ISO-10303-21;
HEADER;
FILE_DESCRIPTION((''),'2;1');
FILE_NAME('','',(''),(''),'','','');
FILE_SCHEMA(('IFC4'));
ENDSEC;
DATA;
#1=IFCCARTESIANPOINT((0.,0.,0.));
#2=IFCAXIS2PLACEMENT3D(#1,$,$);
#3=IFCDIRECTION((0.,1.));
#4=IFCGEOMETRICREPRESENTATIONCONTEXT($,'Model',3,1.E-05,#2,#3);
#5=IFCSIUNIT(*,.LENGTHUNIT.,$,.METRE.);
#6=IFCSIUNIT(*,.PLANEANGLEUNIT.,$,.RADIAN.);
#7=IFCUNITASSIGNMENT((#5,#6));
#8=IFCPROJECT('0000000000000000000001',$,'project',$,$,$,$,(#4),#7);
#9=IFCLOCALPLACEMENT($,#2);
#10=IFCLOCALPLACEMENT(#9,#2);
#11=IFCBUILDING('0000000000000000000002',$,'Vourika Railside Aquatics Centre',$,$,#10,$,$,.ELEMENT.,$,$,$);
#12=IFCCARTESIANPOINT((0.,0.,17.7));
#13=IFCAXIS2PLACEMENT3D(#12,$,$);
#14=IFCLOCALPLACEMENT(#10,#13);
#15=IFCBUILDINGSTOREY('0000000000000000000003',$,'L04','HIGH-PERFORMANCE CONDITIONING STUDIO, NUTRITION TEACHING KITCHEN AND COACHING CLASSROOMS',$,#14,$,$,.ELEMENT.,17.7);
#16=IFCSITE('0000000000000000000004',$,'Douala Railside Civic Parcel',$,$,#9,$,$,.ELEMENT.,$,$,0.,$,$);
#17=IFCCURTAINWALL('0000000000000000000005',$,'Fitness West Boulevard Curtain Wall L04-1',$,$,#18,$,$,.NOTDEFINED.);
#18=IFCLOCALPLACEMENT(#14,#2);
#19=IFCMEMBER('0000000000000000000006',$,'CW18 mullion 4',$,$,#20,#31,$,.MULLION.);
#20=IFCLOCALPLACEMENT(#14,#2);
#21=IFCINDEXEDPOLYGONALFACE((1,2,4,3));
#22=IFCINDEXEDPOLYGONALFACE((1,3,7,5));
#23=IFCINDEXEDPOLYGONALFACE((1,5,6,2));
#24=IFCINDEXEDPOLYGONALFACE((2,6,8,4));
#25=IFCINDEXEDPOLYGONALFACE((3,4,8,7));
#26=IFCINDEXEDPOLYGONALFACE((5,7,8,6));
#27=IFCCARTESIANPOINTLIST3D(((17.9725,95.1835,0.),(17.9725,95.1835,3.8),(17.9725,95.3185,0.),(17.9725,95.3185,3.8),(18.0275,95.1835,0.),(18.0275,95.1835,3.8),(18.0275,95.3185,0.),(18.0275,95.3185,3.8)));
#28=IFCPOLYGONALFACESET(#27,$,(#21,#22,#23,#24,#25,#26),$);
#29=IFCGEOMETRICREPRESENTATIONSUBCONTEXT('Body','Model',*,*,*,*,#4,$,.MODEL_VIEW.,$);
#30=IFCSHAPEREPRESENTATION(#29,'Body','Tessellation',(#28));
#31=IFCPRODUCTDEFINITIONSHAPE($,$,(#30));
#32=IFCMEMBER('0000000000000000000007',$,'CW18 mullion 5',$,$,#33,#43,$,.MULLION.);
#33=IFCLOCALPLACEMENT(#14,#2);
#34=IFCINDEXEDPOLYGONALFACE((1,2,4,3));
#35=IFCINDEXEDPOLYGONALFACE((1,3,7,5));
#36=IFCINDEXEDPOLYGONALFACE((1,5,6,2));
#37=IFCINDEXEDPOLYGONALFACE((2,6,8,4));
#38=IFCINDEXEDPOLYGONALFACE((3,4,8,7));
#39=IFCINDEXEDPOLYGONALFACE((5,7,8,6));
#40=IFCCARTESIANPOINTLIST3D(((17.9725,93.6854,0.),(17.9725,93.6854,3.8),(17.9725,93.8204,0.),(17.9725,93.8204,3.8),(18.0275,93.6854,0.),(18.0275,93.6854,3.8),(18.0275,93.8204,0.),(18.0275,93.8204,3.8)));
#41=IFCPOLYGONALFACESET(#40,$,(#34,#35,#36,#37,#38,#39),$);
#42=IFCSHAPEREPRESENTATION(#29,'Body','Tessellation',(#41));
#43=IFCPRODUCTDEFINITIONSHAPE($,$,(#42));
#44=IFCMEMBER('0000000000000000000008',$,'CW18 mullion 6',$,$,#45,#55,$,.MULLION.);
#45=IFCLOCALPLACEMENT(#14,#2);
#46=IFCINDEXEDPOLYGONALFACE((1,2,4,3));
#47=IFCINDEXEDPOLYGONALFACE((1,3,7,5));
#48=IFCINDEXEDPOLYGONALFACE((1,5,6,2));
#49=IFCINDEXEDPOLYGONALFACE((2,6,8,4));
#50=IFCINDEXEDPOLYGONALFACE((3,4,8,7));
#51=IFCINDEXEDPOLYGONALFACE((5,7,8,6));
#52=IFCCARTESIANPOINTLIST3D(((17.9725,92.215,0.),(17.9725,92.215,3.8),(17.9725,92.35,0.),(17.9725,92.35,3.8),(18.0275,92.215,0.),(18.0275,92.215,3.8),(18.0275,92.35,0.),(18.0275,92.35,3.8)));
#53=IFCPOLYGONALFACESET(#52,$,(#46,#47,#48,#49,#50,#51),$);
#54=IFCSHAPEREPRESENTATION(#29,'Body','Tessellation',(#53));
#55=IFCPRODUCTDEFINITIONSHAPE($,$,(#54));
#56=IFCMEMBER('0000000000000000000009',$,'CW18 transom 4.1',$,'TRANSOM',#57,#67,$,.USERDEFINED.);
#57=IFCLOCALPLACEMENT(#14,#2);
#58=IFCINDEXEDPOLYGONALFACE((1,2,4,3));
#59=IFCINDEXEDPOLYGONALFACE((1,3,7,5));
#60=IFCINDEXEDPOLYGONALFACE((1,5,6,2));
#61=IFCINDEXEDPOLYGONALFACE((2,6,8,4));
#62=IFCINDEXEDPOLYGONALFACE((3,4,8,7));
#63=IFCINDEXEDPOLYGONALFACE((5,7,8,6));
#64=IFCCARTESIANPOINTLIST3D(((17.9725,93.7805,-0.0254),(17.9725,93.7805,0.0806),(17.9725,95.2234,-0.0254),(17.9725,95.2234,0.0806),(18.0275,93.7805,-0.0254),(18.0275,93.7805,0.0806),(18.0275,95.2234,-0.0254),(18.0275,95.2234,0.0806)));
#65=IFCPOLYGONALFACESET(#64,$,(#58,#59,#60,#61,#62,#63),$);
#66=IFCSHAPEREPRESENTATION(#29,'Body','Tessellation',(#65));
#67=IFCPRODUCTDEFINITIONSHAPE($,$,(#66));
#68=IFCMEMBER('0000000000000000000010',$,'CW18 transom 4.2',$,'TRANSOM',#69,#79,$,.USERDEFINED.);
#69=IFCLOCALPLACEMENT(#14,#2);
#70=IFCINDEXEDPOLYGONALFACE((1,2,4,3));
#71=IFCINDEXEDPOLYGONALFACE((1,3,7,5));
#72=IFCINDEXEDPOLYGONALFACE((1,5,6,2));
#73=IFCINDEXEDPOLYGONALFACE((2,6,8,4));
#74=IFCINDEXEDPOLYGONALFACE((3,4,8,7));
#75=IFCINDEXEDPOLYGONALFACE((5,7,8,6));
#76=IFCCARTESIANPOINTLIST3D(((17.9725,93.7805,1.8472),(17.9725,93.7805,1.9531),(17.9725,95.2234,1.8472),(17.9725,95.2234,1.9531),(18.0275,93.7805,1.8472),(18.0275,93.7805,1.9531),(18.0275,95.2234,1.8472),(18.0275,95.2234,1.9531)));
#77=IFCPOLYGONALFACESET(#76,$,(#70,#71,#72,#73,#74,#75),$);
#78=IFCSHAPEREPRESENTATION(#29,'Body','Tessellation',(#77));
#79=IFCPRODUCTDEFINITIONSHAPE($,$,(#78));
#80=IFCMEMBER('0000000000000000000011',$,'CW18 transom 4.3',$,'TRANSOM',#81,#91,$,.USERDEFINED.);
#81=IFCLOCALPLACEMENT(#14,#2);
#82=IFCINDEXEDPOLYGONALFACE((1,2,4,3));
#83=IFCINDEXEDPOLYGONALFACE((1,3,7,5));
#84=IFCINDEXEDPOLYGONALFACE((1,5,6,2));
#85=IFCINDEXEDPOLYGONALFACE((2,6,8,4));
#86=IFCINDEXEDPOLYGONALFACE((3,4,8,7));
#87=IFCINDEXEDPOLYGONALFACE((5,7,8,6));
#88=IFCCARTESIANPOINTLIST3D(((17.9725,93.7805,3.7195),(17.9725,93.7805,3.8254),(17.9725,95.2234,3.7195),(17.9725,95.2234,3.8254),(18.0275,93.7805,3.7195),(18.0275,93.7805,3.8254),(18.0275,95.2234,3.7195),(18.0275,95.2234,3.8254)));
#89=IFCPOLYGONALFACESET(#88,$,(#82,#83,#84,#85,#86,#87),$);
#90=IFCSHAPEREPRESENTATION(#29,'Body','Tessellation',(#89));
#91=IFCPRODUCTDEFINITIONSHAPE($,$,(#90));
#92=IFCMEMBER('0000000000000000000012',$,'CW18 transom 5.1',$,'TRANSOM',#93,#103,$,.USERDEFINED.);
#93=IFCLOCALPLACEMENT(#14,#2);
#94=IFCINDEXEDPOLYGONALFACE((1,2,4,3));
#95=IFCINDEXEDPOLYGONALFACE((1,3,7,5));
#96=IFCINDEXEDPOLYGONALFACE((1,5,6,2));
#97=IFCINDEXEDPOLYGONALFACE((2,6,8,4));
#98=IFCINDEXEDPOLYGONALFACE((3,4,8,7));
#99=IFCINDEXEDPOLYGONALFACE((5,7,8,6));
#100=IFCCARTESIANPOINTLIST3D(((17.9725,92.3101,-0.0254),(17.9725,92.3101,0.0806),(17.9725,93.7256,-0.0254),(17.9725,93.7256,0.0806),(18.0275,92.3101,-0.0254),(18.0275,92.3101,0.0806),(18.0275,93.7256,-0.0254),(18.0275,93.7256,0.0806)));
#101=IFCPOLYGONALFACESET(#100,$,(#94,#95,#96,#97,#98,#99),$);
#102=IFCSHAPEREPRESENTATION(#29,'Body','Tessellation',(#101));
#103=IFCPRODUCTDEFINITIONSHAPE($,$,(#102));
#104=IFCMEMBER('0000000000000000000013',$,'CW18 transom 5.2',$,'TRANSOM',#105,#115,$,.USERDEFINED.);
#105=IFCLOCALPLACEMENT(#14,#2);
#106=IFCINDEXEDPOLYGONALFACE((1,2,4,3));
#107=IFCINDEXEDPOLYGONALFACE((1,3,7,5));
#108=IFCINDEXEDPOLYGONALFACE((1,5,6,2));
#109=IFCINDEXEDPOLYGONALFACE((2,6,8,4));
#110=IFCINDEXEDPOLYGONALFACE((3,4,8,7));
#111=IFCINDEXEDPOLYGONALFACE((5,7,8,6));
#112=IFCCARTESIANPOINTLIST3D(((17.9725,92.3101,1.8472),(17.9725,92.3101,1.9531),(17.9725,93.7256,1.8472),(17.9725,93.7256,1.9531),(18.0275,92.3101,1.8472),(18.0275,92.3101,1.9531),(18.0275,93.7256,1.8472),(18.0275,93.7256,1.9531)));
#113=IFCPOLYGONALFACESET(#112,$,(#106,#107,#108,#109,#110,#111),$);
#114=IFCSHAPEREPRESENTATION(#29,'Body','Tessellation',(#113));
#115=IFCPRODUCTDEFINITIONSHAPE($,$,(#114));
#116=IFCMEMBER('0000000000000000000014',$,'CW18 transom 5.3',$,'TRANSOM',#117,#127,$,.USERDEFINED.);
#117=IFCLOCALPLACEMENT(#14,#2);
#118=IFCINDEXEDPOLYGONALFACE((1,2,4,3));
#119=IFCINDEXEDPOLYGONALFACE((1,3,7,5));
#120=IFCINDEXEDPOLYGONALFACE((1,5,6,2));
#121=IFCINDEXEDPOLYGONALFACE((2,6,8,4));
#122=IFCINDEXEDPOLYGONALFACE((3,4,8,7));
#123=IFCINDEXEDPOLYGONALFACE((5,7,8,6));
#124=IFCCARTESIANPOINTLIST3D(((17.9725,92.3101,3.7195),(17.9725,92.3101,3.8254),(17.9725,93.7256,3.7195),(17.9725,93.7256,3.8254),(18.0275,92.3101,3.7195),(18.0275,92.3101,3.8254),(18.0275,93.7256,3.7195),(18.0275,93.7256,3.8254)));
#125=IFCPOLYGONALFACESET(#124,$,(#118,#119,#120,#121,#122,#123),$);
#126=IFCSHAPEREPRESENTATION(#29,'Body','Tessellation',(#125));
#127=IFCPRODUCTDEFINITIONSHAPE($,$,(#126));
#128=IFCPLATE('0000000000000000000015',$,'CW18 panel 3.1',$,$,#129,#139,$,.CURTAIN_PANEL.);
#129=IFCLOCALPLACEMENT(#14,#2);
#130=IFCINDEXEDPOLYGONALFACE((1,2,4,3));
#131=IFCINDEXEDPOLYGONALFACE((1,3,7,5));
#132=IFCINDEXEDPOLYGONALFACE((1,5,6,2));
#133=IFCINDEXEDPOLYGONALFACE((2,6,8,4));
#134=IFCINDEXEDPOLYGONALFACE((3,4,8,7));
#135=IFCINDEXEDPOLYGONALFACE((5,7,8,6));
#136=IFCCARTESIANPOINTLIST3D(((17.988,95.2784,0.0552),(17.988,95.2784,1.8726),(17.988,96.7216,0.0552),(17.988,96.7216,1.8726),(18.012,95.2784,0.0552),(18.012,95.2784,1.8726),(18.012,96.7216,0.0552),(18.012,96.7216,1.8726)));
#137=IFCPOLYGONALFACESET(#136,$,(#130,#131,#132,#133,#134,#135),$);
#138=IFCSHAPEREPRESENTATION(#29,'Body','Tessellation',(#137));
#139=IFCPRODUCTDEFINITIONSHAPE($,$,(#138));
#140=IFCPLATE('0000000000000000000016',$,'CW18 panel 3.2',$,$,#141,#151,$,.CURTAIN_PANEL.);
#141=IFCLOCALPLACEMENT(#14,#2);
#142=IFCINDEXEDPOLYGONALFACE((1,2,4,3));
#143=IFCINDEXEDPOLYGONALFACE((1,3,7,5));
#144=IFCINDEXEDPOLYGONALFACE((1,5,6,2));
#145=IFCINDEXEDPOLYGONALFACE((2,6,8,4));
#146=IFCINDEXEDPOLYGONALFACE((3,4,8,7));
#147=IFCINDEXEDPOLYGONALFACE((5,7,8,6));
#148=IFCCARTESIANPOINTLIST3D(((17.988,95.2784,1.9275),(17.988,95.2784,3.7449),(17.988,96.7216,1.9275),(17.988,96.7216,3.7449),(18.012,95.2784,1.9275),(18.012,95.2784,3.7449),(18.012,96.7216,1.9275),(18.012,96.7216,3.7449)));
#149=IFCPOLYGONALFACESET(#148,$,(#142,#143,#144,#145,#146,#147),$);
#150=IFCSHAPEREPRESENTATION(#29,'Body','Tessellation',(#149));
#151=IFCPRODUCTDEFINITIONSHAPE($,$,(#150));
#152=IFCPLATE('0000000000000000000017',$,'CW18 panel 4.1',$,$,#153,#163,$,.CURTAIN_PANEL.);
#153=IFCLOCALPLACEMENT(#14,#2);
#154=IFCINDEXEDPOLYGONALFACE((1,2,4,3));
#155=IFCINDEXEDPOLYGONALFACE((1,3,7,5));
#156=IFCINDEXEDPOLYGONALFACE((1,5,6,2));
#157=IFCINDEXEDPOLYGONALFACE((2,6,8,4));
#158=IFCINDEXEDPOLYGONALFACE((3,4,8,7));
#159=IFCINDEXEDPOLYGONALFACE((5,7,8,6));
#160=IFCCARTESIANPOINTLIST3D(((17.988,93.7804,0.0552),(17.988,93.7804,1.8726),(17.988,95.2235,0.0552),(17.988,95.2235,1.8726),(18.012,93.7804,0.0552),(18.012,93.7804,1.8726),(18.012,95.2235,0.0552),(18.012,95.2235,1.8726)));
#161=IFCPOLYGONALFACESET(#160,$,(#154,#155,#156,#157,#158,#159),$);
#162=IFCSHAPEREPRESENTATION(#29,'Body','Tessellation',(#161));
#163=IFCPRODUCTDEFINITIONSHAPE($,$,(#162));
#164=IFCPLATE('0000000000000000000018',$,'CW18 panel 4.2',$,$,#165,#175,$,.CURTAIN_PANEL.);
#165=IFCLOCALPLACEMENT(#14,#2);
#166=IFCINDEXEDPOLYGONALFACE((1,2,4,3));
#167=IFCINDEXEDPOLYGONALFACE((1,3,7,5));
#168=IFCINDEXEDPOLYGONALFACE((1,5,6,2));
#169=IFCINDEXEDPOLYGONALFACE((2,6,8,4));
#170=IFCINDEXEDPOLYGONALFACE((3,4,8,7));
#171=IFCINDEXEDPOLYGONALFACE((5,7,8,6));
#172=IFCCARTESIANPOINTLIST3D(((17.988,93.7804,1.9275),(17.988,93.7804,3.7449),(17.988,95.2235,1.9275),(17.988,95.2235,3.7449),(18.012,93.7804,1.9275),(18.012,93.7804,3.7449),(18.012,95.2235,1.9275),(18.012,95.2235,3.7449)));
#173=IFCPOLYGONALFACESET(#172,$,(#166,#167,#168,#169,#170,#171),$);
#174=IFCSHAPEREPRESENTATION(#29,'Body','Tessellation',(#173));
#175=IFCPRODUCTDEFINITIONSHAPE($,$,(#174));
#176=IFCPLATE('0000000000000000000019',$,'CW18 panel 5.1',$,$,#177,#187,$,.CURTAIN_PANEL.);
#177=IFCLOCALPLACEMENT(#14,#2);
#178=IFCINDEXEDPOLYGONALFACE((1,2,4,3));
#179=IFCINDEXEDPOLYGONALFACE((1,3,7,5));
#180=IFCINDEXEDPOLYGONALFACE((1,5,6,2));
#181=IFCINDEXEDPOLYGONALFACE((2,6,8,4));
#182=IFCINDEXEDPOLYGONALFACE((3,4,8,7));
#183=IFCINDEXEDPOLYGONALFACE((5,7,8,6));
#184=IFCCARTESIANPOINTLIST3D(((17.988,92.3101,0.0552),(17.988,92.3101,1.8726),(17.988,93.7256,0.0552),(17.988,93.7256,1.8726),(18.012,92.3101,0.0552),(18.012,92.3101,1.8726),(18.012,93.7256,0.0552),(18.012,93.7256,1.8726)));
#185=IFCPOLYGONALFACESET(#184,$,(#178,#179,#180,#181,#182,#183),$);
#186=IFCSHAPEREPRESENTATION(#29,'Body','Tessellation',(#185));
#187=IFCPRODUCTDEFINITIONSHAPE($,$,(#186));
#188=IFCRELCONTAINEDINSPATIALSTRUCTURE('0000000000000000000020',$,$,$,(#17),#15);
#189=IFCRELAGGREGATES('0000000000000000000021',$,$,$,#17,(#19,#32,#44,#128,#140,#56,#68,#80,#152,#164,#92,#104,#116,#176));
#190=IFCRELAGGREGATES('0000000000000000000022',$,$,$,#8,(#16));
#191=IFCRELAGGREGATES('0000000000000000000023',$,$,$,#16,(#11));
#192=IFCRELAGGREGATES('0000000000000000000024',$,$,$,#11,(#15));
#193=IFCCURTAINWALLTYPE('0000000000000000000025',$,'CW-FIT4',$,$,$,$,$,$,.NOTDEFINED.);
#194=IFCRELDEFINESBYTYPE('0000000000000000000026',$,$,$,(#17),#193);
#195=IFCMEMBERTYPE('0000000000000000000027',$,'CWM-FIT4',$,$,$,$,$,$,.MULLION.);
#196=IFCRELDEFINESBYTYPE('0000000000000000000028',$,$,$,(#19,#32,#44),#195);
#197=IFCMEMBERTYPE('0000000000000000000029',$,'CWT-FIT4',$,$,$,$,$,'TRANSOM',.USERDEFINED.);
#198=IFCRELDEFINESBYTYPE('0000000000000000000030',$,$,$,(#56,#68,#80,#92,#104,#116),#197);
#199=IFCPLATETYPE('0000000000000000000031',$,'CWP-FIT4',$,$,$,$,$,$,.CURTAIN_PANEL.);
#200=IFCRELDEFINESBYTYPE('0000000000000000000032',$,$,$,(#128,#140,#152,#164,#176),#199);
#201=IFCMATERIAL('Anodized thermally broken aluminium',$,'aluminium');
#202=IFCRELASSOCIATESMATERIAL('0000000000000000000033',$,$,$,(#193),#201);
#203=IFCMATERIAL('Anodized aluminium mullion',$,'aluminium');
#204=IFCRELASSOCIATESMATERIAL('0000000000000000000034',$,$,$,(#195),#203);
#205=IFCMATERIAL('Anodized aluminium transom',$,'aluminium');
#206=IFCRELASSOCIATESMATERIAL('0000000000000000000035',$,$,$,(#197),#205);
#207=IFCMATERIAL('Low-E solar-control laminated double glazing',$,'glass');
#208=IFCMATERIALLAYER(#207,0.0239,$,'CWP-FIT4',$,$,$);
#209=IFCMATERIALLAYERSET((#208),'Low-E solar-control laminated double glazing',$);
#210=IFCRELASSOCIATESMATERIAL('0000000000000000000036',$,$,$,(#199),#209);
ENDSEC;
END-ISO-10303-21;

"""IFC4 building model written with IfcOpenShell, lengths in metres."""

from ifc_helpers import new_model, si_unit, direction, frame, origin, origin_2d, place, context, subcontext, project, spatial, rectangle, extrude, material, layer, layer_set, material_profile, profile_set, type_object, element, aggregate, save


model = new_model("IFC4")

# Units and contexts
model_context = context("Model", 3, precision=1e-05, world=origin(), true_north=direction((0.0, 1.0)))
body_context = subcontext(model_context, "Body", "Model", "MODEL_VIEW")
ifc_project = project(units=[si_unit("LENGTHUNIT", "METRE"), si_unit("PLANEANGLEUNIT", "RADIAN")], contexts=[model_context])

# Site, building, storey
site_placement = place(None, origin())
site = spatial("IfcSite", under=ifc_project, at=site_placement, Name="Douala Railside Civic Parcel", CompositionType="ELEMENT", RefElevation=0.0)
building_placement = place(site_placement, origin())
building = spatial("IfcBuilding", under=site, at=building_placement, Name="Vourika Railside Aquatics Centre", CompositionType="ELEMENT")
storey_placement = place(building_placement, frame((0.0, 0.0, 17.7)))
storey = spatial("IfcBuildingStorey", under=building, at=storey_placement, Name="L04", Description="HIGH-PERFORMANCE CONDITIONING STUDIO, NUTRITION TEACHING KITCHEN AND COACHING CLASSROOMS", CompositionType="ELEMENT", Elevation=17.7)

# Curtain wall, members, plates
ifc_material_1 = material(Name="Anodized thermally broken aluminium", Category="aluminium")
curtain_wall_type = type_object("IfcCurtainWallType", Name="CW-FIT4", PredefinedType="NOTDEFINED", material=ifc_material_1)
curtain_wall_placement = place(storey_placement, origin())
curtain_wall = element("IfcCurtainWall", 1, at=curtain_wall_placement, inside=storey, type_object=curtain_wall_type, Name="Fitness West Boulevard Curtain Wall L04-1", PredefinedType="NOTDEFINED")
ifc_material_2 = material(Name="Anodized aluminium mullion", Category="aluminium")
ifc_material_profile_1 = material_profile(ifc_material_2, rectangle(XDim=0.0549, YDim=0.135, at=origin_2d()), Name="ALU-M 55x135")
ifc_profile_set_1 = profile_set([ifc_material_profile_1], Name="Anodized aluminium mullion")
member_type_1 = type_object("IfcMemberType", Name="CWM-FIT4", PredefinedType="MULLION", material=ifc_profile_set_1)
member_1_placement = place(storey_placement, frame((18.0, 95.251, 0.0), z_axis=(0.0, 0.0, 1.0), x_axis=(1.0, 0.0, 0.0)))
member_1 = element("IfcMember", 2, at=member_1_placement, type_object=member_type_1, Name="CW18 mullion 4", PredefinedType="MULLION", context=body_context, shape_type="SweptSolid", body=[
    extrude(rectangle(XDim=0.0549, YDim=0.135, at=origin_2d()), origin(), (0.0, 0.0, 1.0), 3.8),
])
member_2_placement = place(storey_placement, frame((18.0, 93.7529, 0.0), z_axis=(0.0, 0.0, 1.0), x_axis=(1.0, 0.0, 0.0)))
member_2 = element("IfcMember", 3, at=member_2_placement, type_object=member_type_1, Name="CW18 mullion 5", PredefinedType="MULLION", context=body_context, shape_type="SweptSolid", body=[
    extrude(rectangle(XDim=0.0549, YDim=0.135, at=origin_2d()), origin(), (0.0, 0.0, 1.0), 3.8),
])
member_3_placement = place(storey_placement, frame((18.0, 92.2825, 0.0), z_axis=(0.0, 0.0, 1.0), x_axis=(1.0, 0.0, 0.0)))
member_3 = element("IfcMember", 4, at=member_3_placement, type_object=member_type_1, Name="CW18 mullion 6", PredefinedType="MULLION", context=body_context, shape_type="SweptSolid", body=[
    extrude(rectangle(XDim=0.0549, YDim=0.135, at=origin_2d()), origin(), (0.0, 0.0, 1.0), 3.8),
])
ifc_material_3 = material(Name="Anodized aluminium transom", Category="aluminium")
ifc_material_profile_2 = material_profile(ifc_material_3, rectangle(XDim=0.0549, YDim=0.106, at=origin_2d()), Name="ALU-T 55x106")
ifc_profile_set_2 = profile_set([ifc_material_profile_2], Name="Anodized aluminium transom")
member_type_2 = type_object("IfcMemberType", Name="CWT-FIT4", ElementType="TRANSOM", PredefinedType="USERDEFINED", material=ifc_profile_set_2)
member_4_placement = place(storey_placement, frame((18.0, 95.2234, 0.0276), z_axis=(0.0, -1.0, 0.0), x_axis=(1.0, 0.0, 0.0)))
member_4 = element("IfcMember", 5, at=member_4_placement, type_object=member_type_2, Name="CW18 transom 4.1", ObjectType="TRANSOM", PredefinedType="USERDEFINED", context=body_context, shape_type="SweptSolid", body=[
    extrude(rectangle(XDim=0.0549, YDim=0.106, at=origin_2d()), origin(), (0.0, 0.0, 1.0), 1.4429),
])
member_5_placement = place(storey_placement, frame((18.0, 95.2234, 1.9001), z_axis=(0.0, -1.0, 0.0), x_axis=(1.0, 0.0, 0.0)))
member_5 = element("IfcMember", 6, at=member_5_placement, type_object=member_type_2, Name="CW18 transom 4.2", ObjectType="TRANSOM", PredefinedType="USERDEFINED", context=body_context, shape_type="SweptSolid", body=[
    extrude(rectangle(XDim=0.0549, YDim=0.106, at=origin_2d()), origin(), (0.0, 0.0, 1.0), 1.4429),
])
member_6_placement = place(storey_placement, frame((18.0, 95.2234, 3.7725), z_axis=(0.0, -1.0, 0.0), x_axis=(1.0, 0.0, 0.0)))
member_6 = element("IfcMember", 7, at=member_6_placement, type_object=member_type_2, Name="CW18 transom 4.3", ObjectType="TRANSOM", PredefinedType="USERDEFINED", context=body_context, shape_type="SweptSolid", body=[
    extrude(rectangle(XDim=0.0549, YDim=0.106, at=origin_2d()), origin(), (0.0, 0.0, 1.0), 1.4429),
])
member_7_placement = place(storey_placement, frame((18.0, 93.7256, 0.0276), z_axis=(0.0, -1.0, 0.0), x_axis=(1.0, 0.0, 0.0)))
member_7 = element("IfcMember", 8, at=member_7_placement, type_object=member_type_2, Name="CW18 transom 5.1", ObjectType="TRANSOM", PredefinedType="USERDEFINED", context=body_context, shape_type="SweptSolid", body=[
    extrude(rectangle(XDim=0.0549, YDim=0.106, at=origin_2d()), origin(), (0.0, 0.0, 1.0), 1.4155),
])
member_8_placement = place(storey_placement, frame((18.0, 93.7256, 1.9001), z_axis=(0.0, -1.0, 0.0), x_axis=(1.0, 0.0, 0.0)))
member_8 = element("IfcMember", 9, at=member_8_placement, type_object=member_type_2, Name="CW18 transom 5.2", ObjectType="TRANSOM", PredefinedType="USERDEFINED", context=body_context, shape_type="SweptSolid", body=[
    extrude(rectangle(XDim=0.0549, YDim=0.106, at=origin_2d()), origin(), (0.0, 0.0, 1.0), 1.4155),
])
member_9_placement = place(storey_placement, frame((18.0, 93.7256, 3.7725), z_axis=(0.0, -1.0, 0.0), x_axis=(1.0, 0.0, 0.0)))
member_9 = element("IfcMember", 10, at=member_9_placement, type_object=member_type_2, Name="CW18 transom 5.3", ObjectType="TRANSOM", PredefinedType="USERDEFINED", context=body_context, shape_type="SweptSolid", body=[
    extrude(rectangle(XDim=0.0549, YDim=0.106, at=origin_2d()), origin(), (0.0, 0.0, 1.0), 1.4155),
])
ifc_material_4 = material(Name="Low-E solar-control laminated double glazing", Category="glass")
ifc_layer = layer(ifc_material_4, 0.0239, Name="CWP-FIT4")
ifc_layer_set = layer_set([ifc_layer], Name="Low-E solar-control laminated double glazing")
plate_type = type_object("IfcPlateType", Name="CWP-FIT4", PredefinedType="CURTAIN_PANEL", material=ifc_layer_set)
plate_1_placement = place(storey_placement, frame((18.0, 96.0, 0.0552), z_axis=(0.0, 0.0, 1.0), x_axis=(0.0, -1.0, 0.0)))
plate_1 = element("IfcPlate", 11, at=plate_1_placement, type_object=plate_type, Name="CW18 panel 3.1", PredefinedType="CURTAIN_PANEL", context=body_context, shape_type="SweptSolid", body=[
    extrude(rectangle(XDim=1.4431, YDim=0.0239, at=origin_2d()), origin(), (0.0, 0.0, 1.0), 1.8174),
])
plate_2_placement = place(storey_placement, frame((18.0, 96.0, 1.9275), z_axis=(0.0, 0.0, 1.0), x_axis=(0.0, -1.0, 0.0)))
plate_2 = element("IfcPlate", 12, at=plate_2_placement, type_object=plate_type, Name="CW18 panel 3.2", PredefinedType="CURTAIN_PANEL", context=body_context, shape_type="SweptSolid", body=[
    extrude(rectangle(XDim=1.4431, YDim=0.0239, at=origin_2d()), origin(), (0.0, 0.0, 1.0), 1.8174),
])
plate_3_placement = place(storey_placement, frame((18.0, 94.502, 0.0552), z_axis=(0.0, 0.0, 1.0), x_axis=(0.0, -1.0, 0.0)))
plate_3 = element("IfcPlate", 13, at=plate_3_placement, type_object=plate_type, Name="CW18 panel 4.1", PredefinedType="CURTAIN_PANEL", context=body_context, shape_type="SweptSolid", body=[
    extrude(rectangle(XDim=1.4431, YDim=0.0239, at=origin_2d()), origin(), (0.0, 0.0, 1.0), 1.8174),
])
plate_4_placement = place(storey_placement, frame((18.0, 94.502, 1.9275), z_axis=(0.0, 0.0, 1.0), x_axis=(0.0, -1.0, 0.0)))
plate_4 = element("IfcPlate", 14, at=plate_4_placement, type_object=plate_type, Name="CW18 panel 4.2", PredefinedType="CURTAIN_PANEL", context=body_context, shape_type="SweptSolid", body=[
    extrude(rectangle(XDim=1.4431, YDim=0.0239, at=origin_2d()), origin(), (0.0, 0.0, 1.0), 1.8174),
])
plate_5_placement = place(storey_placement, frame((18.0, 93.0178, 0.0552), z_axis=(0.0, 0.0, 1.0), x_axis=(0.0, -1.0, 0.0)))
plate_5 = element("IfcPlate", 15, at=plate_5_placement, type_object=plate_type, Name="CW18 panel 5.1", PredefinedType="CURTAIN_PANEL", context=body_context, shape_type="SweptSolid", body=[
    extrude(rectangle(XDim=1.4155, YDim=0.0239, at=origin_2d()), origin(), (0.0, 0.0, 1.0), 1.8174),
])
aggregate(curtain_wall, [member_1, member_2, member_3, plate_1, plate_2, member_4, member_5, member_6, plate_3, plate_4, member_7, member_8, member_9, plate_5])

save(model, "model.ifc")
